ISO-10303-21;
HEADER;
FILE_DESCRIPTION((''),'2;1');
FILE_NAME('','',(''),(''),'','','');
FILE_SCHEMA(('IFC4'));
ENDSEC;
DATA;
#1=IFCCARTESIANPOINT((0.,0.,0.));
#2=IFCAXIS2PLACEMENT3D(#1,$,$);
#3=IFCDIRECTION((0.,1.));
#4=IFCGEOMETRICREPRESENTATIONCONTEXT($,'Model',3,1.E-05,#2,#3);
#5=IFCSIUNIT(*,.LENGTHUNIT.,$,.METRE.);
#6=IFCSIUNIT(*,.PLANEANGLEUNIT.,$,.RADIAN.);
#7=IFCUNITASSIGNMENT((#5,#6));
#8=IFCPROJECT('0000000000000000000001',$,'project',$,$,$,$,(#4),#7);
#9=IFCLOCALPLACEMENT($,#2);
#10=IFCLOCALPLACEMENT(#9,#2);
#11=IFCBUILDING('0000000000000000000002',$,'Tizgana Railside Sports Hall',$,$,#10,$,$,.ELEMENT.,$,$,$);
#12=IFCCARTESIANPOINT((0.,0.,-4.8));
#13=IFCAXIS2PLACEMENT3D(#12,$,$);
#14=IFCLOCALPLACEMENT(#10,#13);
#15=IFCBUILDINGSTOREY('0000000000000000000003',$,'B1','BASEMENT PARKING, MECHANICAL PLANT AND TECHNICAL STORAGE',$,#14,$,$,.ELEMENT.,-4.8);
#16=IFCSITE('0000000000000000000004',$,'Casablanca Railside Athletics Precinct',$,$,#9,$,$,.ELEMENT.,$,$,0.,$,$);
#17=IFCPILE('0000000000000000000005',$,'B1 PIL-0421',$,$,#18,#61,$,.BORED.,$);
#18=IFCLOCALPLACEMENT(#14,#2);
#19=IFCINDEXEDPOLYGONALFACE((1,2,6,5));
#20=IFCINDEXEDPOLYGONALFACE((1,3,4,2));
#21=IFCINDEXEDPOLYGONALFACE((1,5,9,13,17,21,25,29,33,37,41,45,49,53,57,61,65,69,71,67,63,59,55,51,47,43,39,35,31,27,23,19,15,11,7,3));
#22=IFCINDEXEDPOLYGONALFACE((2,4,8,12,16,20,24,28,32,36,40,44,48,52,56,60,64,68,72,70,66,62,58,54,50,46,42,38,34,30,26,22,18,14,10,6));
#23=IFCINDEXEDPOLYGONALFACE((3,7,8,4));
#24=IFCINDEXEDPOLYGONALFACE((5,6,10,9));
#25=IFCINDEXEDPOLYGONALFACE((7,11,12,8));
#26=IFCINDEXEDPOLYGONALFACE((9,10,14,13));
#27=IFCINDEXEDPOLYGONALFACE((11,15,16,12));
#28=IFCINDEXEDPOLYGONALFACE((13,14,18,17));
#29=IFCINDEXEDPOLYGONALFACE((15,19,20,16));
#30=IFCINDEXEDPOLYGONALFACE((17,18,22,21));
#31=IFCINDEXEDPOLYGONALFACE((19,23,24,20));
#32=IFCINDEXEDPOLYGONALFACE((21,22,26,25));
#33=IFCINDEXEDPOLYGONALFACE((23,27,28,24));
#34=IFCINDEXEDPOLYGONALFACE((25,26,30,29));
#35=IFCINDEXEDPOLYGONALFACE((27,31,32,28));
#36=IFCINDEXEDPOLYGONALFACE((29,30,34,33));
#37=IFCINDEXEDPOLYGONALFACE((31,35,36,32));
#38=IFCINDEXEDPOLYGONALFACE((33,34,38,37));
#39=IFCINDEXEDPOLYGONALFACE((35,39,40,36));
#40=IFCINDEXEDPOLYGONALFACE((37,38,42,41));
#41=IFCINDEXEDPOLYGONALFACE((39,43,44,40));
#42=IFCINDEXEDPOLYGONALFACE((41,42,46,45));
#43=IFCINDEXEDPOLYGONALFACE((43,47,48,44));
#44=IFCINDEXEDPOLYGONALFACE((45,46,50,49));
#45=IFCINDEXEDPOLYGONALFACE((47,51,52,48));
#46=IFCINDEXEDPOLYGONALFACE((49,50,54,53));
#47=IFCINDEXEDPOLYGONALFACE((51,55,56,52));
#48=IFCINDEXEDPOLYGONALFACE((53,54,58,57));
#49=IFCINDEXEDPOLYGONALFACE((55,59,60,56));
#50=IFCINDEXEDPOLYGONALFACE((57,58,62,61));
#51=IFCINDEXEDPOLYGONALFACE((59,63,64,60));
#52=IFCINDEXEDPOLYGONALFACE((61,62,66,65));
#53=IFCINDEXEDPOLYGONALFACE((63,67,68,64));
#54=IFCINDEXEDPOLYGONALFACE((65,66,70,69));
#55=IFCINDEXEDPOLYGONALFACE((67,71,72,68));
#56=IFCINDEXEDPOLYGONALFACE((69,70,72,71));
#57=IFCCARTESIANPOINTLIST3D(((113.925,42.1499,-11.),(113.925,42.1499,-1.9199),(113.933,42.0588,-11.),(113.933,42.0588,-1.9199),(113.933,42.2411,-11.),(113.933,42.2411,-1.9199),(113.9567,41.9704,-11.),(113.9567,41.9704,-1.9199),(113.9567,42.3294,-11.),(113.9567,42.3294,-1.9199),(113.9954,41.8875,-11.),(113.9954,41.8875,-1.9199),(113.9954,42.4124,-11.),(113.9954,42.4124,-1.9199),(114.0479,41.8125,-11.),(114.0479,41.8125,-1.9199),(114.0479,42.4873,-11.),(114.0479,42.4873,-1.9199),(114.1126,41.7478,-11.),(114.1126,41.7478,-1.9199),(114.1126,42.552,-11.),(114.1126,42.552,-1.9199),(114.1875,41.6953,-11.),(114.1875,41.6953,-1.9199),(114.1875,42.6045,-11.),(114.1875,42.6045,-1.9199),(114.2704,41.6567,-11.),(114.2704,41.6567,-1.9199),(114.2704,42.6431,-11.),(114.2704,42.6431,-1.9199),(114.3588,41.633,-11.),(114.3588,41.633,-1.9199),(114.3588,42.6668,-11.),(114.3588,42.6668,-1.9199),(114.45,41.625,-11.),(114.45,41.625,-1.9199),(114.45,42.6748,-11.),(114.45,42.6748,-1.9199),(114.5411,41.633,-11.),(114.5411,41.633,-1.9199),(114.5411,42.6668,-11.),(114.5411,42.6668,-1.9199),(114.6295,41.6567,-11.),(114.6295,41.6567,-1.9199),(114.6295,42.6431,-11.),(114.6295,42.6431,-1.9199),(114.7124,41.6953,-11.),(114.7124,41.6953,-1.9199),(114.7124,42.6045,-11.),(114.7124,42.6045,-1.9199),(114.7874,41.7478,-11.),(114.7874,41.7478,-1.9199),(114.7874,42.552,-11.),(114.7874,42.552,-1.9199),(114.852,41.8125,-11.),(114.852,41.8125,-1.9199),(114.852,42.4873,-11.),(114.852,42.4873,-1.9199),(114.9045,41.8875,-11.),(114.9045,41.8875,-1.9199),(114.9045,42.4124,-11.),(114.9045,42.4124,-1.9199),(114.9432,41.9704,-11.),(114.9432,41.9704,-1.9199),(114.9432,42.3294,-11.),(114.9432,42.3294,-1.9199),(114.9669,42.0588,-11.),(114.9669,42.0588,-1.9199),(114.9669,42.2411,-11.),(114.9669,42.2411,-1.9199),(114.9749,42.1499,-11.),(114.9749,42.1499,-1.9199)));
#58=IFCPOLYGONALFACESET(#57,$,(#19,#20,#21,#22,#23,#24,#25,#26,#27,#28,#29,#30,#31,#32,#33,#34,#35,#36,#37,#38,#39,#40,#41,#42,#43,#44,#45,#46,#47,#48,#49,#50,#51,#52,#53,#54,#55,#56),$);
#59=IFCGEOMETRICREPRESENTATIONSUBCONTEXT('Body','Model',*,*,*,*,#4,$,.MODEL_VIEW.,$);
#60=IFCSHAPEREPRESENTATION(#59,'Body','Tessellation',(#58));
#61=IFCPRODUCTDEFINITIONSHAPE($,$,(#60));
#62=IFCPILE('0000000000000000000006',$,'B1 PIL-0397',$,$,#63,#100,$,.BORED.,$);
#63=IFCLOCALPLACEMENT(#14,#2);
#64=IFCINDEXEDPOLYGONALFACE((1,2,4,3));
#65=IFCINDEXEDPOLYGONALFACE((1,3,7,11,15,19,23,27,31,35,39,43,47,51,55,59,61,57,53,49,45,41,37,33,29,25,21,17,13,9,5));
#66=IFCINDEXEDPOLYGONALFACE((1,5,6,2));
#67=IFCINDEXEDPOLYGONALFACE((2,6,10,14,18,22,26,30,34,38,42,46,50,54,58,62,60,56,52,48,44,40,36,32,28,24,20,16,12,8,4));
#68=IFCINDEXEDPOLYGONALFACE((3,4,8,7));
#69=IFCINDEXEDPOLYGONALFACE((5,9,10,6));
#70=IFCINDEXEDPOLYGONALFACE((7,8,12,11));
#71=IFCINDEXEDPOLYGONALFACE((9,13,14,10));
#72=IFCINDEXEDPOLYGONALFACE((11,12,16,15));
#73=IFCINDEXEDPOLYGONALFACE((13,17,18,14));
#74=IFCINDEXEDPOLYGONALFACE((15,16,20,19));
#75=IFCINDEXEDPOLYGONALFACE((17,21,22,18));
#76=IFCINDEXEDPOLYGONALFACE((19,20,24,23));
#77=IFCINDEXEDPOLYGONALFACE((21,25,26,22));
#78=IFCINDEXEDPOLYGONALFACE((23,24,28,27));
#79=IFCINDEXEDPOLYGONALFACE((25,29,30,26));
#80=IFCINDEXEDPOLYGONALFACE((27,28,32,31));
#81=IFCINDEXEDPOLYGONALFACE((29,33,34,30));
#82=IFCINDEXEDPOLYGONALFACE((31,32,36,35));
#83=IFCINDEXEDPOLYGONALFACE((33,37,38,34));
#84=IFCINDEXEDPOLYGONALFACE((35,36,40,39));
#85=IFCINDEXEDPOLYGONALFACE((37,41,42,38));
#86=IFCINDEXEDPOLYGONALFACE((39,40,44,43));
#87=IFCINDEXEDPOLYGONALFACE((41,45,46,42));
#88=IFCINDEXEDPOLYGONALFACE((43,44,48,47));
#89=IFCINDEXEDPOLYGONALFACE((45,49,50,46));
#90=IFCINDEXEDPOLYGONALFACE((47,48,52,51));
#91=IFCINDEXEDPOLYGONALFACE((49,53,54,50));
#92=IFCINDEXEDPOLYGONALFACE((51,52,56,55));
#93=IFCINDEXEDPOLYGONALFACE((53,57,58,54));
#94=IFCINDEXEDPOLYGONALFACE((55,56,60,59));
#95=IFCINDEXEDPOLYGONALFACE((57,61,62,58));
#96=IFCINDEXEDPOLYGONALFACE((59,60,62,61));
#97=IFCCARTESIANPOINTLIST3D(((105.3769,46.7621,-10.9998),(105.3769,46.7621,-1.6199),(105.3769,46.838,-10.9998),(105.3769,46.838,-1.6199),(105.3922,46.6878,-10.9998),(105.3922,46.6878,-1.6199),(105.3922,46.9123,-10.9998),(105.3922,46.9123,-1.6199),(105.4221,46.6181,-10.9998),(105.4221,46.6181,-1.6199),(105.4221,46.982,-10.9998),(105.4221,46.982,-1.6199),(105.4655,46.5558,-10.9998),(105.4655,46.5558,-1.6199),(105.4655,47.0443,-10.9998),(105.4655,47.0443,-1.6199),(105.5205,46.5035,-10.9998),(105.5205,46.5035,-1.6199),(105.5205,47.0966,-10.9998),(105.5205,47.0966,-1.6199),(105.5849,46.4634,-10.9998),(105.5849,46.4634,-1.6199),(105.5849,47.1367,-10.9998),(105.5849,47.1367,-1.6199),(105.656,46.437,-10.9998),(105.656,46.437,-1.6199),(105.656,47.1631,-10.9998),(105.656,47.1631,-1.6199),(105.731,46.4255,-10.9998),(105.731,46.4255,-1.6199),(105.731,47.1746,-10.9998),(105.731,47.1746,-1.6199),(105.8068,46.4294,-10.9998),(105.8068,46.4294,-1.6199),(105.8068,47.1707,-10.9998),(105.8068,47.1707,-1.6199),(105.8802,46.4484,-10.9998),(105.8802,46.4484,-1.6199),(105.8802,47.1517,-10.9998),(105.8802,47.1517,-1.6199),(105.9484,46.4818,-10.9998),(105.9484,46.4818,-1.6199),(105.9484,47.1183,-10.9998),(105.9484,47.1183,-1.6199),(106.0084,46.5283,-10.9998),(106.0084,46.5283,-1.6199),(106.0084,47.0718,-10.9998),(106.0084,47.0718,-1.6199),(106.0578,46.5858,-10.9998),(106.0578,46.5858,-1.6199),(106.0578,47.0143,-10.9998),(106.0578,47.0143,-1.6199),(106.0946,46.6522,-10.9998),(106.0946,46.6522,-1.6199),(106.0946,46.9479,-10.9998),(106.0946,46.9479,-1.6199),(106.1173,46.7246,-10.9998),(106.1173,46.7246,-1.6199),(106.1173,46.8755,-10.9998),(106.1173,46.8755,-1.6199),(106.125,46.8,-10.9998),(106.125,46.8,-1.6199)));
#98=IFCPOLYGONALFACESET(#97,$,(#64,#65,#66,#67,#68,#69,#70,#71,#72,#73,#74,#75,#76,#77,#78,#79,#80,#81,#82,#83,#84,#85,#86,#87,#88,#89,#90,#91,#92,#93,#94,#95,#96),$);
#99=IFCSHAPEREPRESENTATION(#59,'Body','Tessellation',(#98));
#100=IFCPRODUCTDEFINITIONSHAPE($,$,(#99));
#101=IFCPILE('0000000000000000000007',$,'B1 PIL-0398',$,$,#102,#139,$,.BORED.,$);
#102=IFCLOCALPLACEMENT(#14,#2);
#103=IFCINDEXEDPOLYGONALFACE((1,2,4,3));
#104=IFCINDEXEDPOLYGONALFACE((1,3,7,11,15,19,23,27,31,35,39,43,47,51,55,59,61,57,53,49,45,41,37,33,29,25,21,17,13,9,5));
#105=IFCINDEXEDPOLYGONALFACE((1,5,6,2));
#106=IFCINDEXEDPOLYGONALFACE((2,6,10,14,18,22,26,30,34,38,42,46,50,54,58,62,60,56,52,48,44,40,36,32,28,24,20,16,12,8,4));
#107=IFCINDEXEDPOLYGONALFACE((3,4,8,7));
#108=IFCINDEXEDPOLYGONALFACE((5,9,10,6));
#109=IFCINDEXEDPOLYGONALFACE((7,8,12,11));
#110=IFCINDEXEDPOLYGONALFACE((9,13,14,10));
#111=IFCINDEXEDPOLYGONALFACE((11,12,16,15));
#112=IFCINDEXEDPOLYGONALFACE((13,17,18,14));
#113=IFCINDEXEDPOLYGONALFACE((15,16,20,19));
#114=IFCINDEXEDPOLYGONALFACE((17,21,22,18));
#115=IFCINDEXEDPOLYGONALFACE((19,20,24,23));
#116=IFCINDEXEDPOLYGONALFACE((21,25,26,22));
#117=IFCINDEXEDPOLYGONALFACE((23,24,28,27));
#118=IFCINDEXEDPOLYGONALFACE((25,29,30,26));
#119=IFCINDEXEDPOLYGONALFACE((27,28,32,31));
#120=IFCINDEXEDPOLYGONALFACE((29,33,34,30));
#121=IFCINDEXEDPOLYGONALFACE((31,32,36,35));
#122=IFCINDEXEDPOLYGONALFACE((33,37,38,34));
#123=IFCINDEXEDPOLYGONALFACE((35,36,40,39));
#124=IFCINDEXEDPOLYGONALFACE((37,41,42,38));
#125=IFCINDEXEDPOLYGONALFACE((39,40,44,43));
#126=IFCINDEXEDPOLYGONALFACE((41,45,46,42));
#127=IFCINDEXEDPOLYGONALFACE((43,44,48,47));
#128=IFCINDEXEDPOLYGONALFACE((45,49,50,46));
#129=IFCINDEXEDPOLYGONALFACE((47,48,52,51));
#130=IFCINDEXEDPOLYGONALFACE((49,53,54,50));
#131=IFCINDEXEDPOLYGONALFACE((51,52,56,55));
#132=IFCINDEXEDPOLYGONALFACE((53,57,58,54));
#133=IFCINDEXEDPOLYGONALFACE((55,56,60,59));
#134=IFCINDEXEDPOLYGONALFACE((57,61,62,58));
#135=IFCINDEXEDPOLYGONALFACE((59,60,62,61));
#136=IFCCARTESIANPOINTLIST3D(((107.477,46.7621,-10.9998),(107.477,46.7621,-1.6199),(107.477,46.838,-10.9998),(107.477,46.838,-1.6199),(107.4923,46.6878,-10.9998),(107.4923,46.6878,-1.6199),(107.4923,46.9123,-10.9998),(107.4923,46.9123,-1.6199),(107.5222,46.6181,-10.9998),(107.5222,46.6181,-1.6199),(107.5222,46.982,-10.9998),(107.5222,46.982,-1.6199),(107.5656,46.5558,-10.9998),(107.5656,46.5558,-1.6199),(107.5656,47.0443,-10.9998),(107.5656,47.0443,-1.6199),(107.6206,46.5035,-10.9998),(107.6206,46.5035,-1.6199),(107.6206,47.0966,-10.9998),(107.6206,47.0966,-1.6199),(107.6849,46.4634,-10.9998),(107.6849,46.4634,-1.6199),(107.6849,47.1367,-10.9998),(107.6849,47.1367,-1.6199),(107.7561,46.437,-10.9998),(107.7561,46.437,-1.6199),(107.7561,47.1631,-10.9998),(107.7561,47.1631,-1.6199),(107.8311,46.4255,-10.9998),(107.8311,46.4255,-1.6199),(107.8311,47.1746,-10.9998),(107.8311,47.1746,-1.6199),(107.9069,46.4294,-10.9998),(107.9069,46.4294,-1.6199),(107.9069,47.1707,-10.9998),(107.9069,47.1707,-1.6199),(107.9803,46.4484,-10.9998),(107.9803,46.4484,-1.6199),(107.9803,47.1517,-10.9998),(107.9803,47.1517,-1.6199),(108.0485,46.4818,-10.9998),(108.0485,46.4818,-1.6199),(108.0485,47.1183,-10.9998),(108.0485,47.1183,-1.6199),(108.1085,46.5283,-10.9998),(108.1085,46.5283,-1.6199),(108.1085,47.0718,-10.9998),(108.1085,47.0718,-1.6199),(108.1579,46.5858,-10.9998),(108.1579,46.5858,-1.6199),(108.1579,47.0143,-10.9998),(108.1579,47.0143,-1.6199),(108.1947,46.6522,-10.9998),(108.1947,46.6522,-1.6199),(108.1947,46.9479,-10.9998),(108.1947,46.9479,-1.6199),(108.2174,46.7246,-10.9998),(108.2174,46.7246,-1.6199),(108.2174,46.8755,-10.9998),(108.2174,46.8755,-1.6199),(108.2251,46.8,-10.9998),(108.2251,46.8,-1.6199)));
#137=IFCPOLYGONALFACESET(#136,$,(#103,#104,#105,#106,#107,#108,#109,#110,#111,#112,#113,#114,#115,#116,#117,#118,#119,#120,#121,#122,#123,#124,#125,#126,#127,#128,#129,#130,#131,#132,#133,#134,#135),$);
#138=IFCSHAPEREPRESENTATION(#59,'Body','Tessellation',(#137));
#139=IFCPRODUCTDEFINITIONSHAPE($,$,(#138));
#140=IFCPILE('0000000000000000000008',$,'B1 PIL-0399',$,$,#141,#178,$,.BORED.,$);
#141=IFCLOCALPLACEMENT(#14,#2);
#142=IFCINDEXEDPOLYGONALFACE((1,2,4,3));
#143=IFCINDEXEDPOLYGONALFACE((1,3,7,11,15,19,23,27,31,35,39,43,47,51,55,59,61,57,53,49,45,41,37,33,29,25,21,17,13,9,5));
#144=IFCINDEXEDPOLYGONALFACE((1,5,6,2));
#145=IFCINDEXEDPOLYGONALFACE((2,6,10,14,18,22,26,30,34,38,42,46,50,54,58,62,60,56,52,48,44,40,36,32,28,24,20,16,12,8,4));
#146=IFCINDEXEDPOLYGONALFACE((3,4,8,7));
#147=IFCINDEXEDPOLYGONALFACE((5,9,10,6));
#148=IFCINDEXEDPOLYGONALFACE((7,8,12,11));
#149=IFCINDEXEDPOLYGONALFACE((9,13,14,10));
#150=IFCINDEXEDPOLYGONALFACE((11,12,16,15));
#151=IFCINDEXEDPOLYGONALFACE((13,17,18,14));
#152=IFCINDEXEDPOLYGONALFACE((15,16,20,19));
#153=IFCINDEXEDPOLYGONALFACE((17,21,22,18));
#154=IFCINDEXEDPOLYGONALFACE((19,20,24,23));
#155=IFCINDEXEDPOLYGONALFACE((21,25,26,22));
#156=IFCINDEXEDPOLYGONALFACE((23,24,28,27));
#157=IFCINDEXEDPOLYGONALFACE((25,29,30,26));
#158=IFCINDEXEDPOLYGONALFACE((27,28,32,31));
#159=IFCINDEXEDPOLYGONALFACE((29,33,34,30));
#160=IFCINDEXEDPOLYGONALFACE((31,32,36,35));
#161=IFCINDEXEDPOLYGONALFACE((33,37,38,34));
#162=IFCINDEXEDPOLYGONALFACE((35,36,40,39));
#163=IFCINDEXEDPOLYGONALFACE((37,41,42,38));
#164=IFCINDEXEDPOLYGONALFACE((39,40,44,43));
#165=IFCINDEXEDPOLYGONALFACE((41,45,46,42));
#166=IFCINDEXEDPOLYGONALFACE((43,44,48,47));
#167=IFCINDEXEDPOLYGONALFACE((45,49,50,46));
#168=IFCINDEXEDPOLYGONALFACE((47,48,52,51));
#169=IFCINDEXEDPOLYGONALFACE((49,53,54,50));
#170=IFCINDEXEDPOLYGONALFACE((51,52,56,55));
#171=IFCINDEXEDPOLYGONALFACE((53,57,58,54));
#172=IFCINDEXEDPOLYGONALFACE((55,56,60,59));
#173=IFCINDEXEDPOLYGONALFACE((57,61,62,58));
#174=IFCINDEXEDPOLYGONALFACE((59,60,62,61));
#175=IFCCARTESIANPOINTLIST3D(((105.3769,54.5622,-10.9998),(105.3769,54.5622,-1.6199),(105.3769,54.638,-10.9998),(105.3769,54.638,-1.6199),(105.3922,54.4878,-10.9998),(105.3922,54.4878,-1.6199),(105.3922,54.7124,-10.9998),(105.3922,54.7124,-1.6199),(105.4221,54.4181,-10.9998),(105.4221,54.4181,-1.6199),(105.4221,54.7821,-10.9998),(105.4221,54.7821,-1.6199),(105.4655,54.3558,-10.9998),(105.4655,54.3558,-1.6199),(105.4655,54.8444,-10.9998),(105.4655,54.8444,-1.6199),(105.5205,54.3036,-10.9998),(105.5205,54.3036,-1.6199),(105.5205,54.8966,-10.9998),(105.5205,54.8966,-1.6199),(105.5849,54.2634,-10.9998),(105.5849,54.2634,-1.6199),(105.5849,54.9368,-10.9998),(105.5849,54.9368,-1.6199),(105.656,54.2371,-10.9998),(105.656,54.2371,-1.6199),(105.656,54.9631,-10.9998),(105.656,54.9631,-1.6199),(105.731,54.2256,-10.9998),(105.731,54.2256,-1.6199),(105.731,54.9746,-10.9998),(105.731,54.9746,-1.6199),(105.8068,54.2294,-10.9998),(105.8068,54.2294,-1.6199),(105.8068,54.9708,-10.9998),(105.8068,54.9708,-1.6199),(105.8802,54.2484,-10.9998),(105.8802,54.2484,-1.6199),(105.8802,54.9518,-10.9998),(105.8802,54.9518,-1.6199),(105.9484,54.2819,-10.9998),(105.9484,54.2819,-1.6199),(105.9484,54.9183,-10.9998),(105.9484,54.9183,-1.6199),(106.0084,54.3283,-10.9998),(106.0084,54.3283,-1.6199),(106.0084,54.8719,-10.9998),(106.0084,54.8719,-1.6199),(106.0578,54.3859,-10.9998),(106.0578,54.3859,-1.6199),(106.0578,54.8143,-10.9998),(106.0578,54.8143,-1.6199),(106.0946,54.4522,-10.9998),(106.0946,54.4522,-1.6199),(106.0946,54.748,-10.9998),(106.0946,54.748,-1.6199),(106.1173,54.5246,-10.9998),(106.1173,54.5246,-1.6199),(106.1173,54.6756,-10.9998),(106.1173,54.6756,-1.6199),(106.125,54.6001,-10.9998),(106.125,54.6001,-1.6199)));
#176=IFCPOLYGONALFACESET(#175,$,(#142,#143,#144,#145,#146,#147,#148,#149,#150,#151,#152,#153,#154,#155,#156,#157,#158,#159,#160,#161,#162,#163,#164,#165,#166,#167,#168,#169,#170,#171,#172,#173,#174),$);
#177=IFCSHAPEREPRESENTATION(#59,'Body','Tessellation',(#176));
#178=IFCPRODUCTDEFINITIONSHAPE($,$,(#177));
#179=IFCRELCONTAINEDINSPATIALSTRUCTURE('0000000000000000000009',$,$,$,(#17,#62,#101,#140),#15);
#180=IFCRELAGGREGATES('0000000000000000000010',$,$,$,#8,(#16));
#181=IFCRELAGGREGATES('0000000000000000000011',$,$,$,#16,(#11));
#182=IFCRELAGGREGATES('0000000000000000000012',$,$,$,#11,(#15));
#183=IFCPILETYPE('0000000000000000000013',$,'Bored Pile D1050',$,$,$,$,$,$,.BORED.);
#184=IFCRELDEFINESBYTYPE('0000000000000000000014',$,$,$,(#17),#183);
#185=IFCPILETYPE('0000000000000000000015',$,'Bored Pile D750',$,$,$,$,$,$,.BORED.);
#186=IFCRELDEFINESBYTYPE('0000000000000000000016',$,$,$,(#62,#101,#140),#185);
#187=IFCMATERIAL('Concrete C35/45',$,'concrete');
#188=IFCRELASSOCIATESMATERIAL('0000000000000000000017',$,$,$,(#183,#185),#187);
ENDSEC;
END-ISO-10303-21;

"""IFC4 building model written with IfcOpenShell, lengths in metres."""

from ifc_helpers import new_model, si_unit, direction, frame, origin, origin_2d, place, context, subcontext, project, spatial, circle, extrude, material, material_profile, profile_set, type_object, element, save


model = new_model("IFC4")

# Units and contexts
model_context = context("Model", 3, precision=1e-05, world=origin(), true_north=direction((0.0, 1.0)))
body_context = subcontext(model_context, "Body", "Model", "MODEL_VIEW")
ifc_project = project(units=[si_unit("LENGTHUNIT", "METRE"), si_unit("PLANEANGLEUNIT", "RADIAN")], contexts=[model_context])

# Site, building, storey
site_placement = place(None, origin())
site = spatial("IfcSite", under=ifc_project, at=site_placement, Name="Casablanca Railside Athletics Precinct", CompositionType="ELEMENT", RefElevation=0.0)
building_placement = place(site_placement, origin())
building = spatial("IfcBuilding", under=site, at=building_placement, Name="Tizgana Railside Sports Hall", CompositionType="ELEMENT")
storey_placement = place(building_placement, frame((0.0, 0.0, -4.8)))
storey = spatial("IfcBuildingStorey", under=building, at=storey_placement, Name="B1", Description="BASEMENT PARKING, MECHANICAL PLANT AND TECHNICAL STORAGE", CompositionType="ELEMENT", Elevation=-4.8)

# Piles
ifc_material_1 = material(Name="Concrete C35/45", Category="concrete")
ifc_material_profile_1 = material_profile(ifc_material_1, circle(Radius=0.5249, at=origin_2d()), Name="PILE D1050")
ifc_profile_set_1 = profile_set([ifc_material_profile_1], Name="Concrete C35/45")
pile_type_1 = type_object("IfcPileType", Name="Bored Pile D1050", PredefinedType="BORED", material=ifc_profile_set_1)
pile_placement = place(storey_placement, frame((114.45, 42.1499, -1.9199), z_axis=(0.0, 0.0, -1.0), x_axis=(1.0, 0.0, 0.0)))
element("IfcPile", 1, at=pile_placement, inside=storey, type_object=pile_type_1, Name="B1 PIL-0421", PredefinedType="BORED", context=body_context, shape_type="SweptSolid", body=[
    extrude(circle(Radius=0.5249, at=origin_2d()), origin(), (0.0, 0.0, 1.0), 9.0801),
])
ifc_material_profile_2 = material_profile(ifc_material_1, circle(Radius=0.375, at=origin_2d()), Name="PILE D750")
ifc_profile_set_2 = profile_set([ifc_material_profile_2], Name="Concrete C35/45")
pile_type_2 = type_object("IfcPileType", Name="Bored Pile D750", PredefinedType="BORED", material=ifc_profile_set_2)
for number, where, z_axis, x_axis, name in (
    (2, (105.75, 46.8, -1.6199), (0.0, 0.0, -1.0), (1.0, 0.0, 0.0), "B1 PIL-0397"),
    (3, (107.8501, 46.8, -1.6199), (0.0, 0.0, -1.0), (1.0, 0.0, 0.0), "B1 PIL-0398"),
    (4, (105.75, 54.6001, -1.6199), (0.0, 0.0, -1.0), (1.0, 0.0, 0.0), "B1 PIL-0399"),
):
    element("IfcPile", number, at=place(storey_placement, frame(where, z_axis=z_axis, x_axis=x_axis)), inside=storey, type_object=pile_type_2, Name=name, PredefinedType="BORED", context=body_context, shape_type="SweptSolid", body=[
        extrude(circle(Radius=0.375, at=origin_2d()), origin(), (0.0, 0.0, 1.0), 9.3799),
    ])

save(model, "model.ifc")
